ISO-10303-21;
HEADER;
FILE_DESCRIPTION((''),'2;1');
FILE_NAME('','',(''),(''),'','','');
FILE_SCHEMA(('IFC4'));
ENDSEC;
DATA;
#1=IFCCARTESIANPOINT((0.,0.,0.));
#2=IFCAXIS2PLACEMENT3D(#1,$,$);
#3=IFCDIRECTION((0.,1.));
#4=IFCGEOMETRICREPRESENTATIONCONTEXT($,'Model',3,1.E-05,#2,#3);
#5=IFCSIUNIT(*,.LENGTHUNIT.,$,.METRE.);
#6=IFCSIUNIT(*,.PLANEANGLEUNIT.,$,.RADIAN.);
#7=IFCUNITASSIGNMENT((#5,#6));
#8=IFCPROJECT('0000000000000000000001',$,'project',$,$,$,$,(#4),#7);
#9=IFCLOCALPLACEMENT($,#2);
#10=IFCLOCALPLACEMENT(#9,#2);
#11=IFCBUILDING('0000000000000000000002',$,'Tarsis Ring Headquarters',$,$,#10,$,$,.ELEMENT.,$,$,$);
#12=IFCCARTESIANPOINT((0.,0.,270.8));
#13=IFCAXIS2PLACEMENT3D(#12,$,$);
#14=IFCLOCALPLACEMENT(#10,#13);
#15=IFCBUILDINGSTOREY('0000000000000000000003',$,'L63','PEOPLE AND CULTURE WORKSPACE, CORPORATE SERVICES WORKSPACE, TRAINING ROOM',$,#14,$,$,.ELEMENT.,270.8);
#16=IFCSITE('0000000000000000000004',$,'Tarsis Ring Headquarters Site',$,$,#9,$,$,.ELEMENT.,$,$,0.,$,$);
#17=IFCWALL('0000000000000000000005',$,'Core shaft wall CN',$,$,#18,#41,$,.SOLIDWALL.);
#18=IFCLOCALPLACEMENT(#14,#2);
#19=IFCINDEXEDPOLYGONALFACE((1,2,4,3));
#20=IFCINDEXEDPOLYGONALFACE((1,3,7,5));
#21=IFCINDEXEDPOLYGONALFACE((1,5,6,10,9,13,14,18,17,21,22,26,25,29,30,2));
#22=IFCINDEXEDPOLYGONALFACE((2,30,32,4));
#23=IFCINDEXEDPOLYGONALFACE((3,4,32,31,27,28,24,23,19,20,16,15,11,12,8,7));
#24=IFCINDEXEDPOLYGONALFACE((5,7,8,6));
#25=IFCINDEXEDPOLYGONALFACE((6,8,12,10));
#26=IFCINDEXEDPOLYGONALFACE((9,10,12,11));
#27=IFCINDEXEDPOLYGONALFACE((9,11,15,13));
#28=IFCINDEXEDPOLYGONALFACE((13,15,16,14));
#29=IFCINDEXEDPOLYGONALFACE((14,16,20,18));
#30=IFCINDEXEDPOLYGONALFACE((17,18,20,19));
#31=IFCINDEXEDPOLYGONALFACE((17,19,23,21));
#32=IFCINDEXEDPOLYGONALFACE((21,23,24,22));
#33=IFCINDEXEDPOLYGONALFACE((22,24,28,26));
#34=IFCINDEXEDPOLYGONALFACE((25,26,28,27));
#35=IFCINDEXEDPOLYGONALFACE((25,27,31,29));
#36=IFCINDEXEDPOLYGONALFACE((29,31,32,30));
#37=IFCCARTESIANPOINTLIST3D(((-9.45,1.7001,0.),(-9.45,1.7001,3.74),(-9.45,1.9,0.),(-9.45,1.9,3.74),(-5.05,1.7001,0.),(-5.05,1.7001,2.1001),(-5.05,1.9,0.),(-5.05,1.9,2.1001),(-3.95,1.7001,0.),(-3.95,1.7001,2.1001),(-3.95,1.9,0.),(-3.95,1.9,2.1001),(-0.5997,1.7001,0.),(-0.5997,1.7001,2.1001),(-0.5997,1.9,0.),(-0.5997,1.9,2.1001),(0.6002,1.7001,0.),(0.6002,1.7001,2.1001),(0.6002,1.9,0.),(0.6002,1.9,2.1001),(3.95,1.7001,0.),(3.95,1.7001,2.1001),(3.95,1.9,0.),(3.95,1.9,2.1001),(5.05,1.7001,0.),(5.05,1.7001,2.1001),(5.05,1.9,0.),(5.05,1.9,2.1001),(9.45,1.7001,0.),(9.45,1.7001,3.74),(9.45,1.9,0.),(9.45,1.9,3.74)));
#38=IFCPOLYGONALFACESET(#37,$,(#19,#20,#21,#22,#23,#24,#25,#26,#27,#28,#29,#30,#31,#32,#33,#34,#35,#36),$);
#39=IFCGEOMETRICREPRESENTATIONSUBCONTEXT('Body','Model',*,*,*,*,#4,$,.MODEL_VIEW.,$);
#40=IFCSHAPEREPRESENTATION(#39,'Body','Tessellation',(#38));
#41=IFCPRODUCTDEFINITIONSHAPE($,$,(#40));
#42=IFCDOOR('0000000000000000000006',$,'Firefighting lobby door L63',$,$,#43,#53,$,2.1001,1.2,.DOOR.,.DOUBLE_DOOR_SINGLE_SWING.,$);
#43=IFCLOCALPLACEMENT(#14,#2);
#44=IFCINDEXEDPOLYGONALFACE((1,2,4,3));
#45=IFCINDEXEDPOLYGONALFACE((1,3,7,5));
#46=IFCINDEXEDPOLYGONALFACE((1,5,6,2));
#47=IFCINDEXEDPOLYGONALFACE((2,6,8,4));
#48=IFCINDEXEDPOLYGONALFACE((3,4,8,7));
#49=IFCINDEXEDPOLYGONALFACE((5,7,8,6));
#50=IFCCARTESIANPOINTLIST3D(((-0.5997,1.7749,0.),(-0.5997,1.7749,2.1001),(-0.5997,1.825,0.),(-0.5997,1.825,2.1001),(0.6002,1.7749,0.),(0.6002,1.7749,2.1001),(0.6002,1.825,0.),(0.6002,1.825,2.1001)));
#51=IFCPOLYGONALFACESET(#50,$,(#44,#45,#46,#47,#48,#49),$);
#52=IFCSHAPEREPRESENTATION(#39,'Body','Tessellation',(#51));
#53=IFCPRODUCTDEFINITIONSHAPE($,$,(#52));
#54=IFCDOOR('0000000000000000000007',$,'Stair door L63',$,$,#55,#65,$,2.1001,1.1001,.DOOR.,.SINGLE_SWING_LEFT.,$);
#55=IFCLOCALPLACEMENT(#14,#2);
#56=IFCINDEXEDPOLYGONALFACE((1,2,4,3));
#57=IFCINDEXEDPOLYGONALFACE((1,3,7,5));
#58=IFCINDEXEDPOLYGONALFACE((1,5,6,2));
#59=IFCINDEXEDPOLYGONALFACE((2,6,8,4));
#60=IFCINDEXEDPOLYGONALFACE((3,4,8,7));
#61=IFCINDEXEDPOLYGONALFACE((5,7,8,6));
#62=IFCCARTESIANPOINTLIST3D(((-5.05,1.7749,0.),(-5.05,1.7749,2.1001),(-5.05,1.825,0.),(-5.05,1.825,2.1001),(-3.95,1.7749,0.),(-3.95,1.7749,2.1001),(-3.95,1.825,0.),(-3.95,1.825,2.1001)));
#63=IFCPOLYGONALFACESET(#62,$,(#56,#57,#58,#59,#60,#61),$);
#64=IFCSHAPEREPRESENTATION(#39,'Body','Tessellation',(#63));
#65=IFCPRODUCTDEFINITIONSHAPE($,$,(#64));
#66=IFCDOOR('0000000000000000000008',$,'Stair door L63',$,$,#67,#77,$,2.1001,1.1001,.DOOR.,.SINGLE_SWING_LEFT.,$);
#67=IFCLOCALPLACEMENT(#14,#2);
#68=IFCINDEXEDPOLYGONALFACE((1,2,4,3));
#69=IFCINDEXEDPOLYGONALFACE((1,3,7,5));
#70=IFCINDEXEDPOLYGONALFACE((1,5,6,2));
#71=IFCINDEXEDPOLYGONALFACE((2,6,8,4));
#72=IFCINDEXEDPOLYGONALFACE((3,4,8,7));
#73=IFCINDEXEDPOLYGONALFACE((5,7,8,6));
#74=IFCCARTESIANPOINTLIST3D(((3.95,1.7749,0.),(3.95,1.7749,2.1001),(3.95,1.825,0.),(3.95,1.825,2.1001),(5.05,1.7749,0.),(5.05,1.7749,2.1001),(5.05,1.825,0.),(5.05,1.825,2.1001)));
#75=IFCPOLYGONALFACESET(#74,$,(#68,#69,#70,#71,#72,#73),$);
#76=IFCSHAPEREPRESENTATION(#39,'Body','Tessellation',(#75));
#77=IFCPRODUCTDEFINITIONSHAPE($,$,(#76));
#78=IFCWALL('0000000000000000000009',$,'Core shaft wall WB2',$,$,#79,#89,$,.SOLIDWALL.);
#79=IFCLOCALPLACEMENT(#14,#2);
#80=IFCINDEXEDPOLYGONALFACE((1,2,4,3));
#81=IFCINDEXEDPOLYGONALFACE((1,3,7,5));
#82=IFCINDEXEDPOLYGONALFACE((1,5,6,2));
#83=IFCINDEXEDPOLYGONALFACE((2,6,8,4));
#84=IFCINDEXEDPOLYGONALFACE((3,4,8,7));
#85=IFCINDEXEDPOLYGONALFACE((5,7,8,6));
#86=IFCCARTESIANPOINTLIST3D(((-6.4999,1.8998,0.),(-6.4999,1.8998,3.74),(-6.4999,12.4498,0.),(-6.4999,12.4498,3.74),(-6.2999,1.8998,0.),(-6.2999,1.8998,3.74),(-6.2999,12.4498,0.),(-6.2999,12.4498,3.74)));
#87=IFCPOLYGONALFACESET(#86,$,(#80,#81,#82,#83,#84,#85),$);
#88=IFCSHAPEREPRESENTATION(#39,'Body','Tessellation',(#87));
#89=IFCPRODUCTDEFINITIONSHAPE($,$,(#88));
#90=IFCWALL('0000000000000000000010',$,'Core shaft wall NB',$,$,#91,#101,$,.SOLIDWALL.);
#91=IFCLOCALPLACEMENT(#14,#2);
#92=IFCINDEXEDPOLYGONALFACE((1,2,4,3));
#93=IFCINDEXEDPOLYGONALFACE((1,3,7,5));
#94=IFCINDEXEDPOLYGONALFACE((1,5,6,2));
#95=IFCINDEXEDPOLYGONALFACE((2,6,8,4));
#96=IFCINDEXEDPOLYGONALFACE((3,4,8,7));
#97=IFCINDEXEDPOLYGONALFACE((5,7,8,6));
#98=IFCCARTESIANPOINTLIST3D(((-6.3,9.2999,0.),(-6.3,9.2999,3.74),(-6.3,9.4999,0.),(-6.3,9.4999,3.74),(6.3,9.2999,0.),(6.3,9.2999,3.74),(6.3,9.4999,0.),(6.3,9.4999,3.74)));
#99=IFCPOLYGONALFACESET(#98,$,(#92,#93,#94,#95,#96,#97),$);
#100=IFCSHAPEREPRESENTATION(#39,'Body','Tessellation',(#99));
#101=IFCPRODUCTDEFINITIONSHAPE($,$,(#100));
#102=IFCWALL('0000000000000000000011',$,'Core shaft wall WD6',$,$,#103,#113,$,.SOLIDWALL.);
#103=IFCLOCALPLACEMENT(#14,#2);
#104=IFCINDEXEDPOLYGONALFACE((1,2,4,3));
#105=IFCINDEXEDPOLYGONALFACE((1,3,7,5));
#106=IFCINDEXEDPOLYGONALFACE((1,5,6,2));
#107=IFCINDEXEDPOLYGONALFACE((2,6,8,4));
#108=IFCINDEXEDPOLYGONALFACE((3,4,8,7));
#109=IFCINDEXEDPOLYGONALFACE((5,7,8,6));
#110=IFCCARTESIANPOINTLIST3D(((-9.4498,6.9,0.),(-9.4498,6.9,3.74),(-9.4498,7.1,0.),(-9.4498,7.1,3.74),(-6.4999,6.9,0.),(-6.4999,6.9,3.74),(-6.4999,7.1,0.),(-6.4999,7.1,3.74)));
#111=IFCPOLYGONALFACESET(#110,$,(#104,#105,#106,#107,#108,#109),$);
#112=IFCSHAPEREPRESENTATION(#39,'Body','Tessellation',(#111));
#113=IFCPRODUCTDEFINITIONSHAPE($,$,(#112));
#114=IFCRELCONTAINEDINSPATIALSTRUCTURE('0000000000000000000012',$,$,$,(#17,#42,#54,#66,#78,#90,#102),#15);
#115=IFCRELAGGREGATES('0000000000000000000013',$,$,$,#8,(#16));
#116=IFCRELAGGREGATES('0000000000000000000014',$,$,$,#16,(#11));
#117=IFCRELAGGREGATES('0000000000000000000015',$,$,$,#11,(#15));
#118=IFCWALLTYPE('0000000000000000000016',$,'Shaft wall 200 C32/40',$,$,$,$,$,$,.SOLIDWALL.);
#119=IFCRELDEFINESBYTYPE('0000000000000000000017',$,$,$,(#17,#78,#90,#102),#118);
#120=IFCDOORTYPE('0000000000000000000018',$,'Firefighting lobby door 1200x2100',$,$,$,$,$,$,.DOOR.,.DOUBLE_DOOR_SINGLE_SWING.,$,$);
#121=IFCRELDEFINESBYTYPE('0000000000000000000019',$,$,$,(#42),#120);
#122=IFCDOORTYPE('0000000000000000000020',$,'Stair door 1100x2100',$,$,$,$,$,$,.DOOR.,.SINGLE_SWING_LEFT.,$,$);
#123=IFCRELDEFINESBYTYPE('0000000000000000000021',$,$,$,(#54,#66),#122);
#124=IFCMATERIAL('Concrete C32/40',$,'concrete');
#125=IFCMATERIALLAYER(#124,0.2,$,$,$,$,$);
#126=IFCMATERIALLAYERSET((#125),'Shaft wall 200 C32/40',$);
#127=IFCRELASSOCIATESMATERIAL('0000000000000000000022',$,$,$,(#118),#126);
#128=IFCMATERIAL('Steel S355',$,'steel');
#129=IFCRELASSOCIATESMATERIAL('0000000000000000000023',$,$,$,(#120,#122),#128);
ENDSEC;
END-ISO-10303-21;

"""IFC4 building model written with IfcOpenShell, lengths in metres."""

from ifc_helpers import new_model, si_unit, direction, frame, frame_2d, origin, place, context, subcontext, project, spatial, rectangle, extrude, material, layer, layer_set, type_object, element, fill, save


model = new_model("IFC4")

# Units and contexts
model_context = context("Model", 3, precision=1e-05, world=origin(), true_north=direction((0.0, 1.0)))
body_context = subcontext(model_context, "Body", "Model", "MODEL_VIEW")
ifc_project = project(units=[si_unit("LENGTHUNIT", "METRE"), si_unit("PLANEANGLEUNIT", "RADIAN")], contexts=[model_context])

# Site, building, storey
site_placement = place(None, origin())
site = spatial("IfcSite", under=ifc_project, at=site_placement, Name="Tarsis Ring Headquarters Site", CompositionType="ELEMENT", RefElevation=0.0)
building_placement = place(site_placement, origin())
building = spatial("IfcBuilding", under=site, at=building_placement, Name="Tarsis Ring Headquarters", CompositionType="ELEMENT")
storey_placement = place(building_placement, frame((0.0, 0.0, 270.8)))
storey = spatial("IfcBuildingStorey", under=building, at=storey_placement, Name="L63", Description="PEOPLE AND CULTURE WORKSPACE, CORPORATE SERVICES WORKSPACE, TRAINING ROOM", CompositionType="ELEMENT", Elevation=270.8)

# Shared definitions
ifc_material_1 = material(Name="Steel S355", Category="steel")

# Shared definitions
ifc_material_2 = material(Name="Concrete C32/40", Category="concrete")

# Wall, openings, doors
ifc_layer_1 = layer(ifc_material_2, 0.2)
ifc_layer_set_1 = layer_set([ifc_layer_1], Name="Shaft wall 200 C32/40")
wall_type_1 = type_object("IfcWallType", Name="Shaft wall 200 C32/40", PredefinedType="SOLIDWALL", material=ifc_layer_set_1)
wall_1_placement = place(storey_placement, frame((-9.45, 1.8, 0.0), z_axis=(0.0, 0.0, 1.0), x_axis=(1.0, 0.0, 0.0)))
wall_1 = element("IfcWall", 1, at=wall_1_placement, inside=storey, type_object=wall_type_1, Name="Core shaft wall CN", PredefinedType="SOLIDWALL", context=body_context, shape_type="SweptSolid", body=[
    extrude(rectangle(XDim=18.8999, YDim=0.2, at=frame_2d((9.45, 0.0))), origin(), (0.0, 0.0, 1.0), 3.74),
])
opening_1_placement = place(wall_1_placement, frame((4.3999, 0.0, 0.0)))
opening_1 = element("IfcOpeningElement", 2, at=opening_1_placement, cuts=wall_1, PredefinedType="OPENING", context=body_context, shape_type="SweptSolid", body=[
    extrude(rectangle(XDim=1.1001, YDim=2.1001, at=frame_2d((0.55, 1.05))), frame((0.0, 0.1099, 0.0), z_axis=(0.0, -1.0, 0.0), x_axis=(1.0, 0.0, 0.0)), (0.0, 0.0, 1.0), 0.22),
])
opening_2_placement = place(wall_1_placement, frame((8.8501, 0.0, 0.0)))
opening_2 = element("IfcOpeningElement", 3, at=opening_2_placement, cuts=wall_1, PredefinedType="OPENING", context=body_context, shape_type="SweptSolid", body=[
    extrude(rectangle(XDim=1.2, YDim=2.1001, at=frame_2d((0.6001, 1.05))), frame((0.0, 0.1099, 0.0), z_axis=(0.0, -1.0, 0.0), x_axis=(1.0, 0.0, 0.0)), (0.0, 0.0, 1.0), 0.22),
])
opening_3_placement = place(wall_1_placement, frame((13.3999, 0.0, 0.0)))
opening_3 = element("IfcOpeningElement", 4, at=opening_3_placement, cuts=wall_1, PredefinedType="OPENING", context=body_context, shape_type="SweptSolid", body=[
    extrude(rectangle(XDim=1.1001, YDim=2.1001, at=frame_2d((0.55, 1.05))), frame((0.0, 0.1099, 0.0), z_axis=(0.0, -1.0, 0.0), x_axis=(1.0, 0.0, 0.0)), (0.0, 0.0, 1.0), 0.22),
])
door_type_1 = type_object("IfcDoorType", Name="Firefighting lobby door 1200x2100", OperationType="DOUBLE_DOOR_SINGLE_SWING", PredefinedType="DOOR", material=ifc_material_1)
door_1_placement = place(opening_2_placement, origin())
door_1 = element("IfcDoor", 5, at=door_1_placement, inside=storey, type_object=door_type_1, Name="Firefighting lobby door L63", OperationType="DOUBLE_DOOR_SINGLE_SWING", OverallHeight=2.1001, OverallWidth=1.2, PredefinedType="DOOR", context=body_context, shape_type="SweptSolid", body=[
    extrude(rectangle(XDim=1.2, YDim=2.1001, at=frame_2d((0.6001, 1.05))), frame((0.0, 0.0249, 0.0), z_axis=(0.0, -1.0, 0.0), x_axis=(1.0, 0.0, 0.0)), (0.0, 0.0, 1.0), 0.05),
])
fill(opening_2, door_1)
door_type_2 = type_object("IfcDoorType", Name="Stair door 1100x2100", OperationType="SINGLE_SWING_LEFT", PredefinedType="DOOR", material=ifc_material_1)
door_2_placement = place(opening_1_placement, origin())
door_2 = element("IfcDoor", 6, at=door_2_placement, inside=storey, type_object=door_type_2, Name="Stair door L63", OperationType="SINGLE_SWING_LEFT", OverallHeight=2.1001, OverallWidth=1.1001, PredefinedType="DOOR", context=body_context, shape_type="SweptSolid", body=[
    extrude(rectangle(XDim=1.1001, YDim=2.1001, at=frame_2d((0.55, 1.05))), frame((0.0, 0.0249, 0.0), z_axis=(0.0, -1.0, 0.0), x_axis=(1.0, 0.0, 0.0)), (0.0, 0.0, 1.0), 0.05),
])
fill(opening_1, door_2)
door_3_placement = place(opening_3_placement, origin())
door_3 = element("IfcDoor", 7, at=door_3_placement, inside=storey, type_object=door_type_2, Name="Stair door L63", OperationType="SINGLE_SWING_LEFT", OverallHeight=2.1001, OverallWidth=1.1001, PredefinedType="DOOR", context=body_context, shape_type="SweptSolid", body=[
    extrude(rectangle(XDim=1.1001, YDim=2.1001, at=frame_2d((0.55, 1.05))), frame((0.0, 0.0249, 0.0), z_axis=(0.0, -1.0, 0.0), x_axis=(1.0, 0.0, 0.0)), (0.0, 0.0, 1.0), 0.05),
])
fill(opening_3, door_3)

# Walls
wall_2_placement = place(storey_placement, frame((-6.3999, 1.8999, 0.0), z_axis=(0.0, 0.0, 1.0), x_axis=(0.0, 1.0, 0.0)))
element("IfcWall", 8, at=wall_2_placement, inside=storey, type_object=wall_type_1, Name="Core shaft wall WB2", PredefinedType="SOLIDWALL", context=body_context, shape_type="SweptSolid", body=[
    extrude(rectangle(XDim=10.55, YDim=0.2, at=frame_2d((5.2749, 0.0))), origin(), (0.0, 0.0, 1.0), 3.74),
])
wall_3_placement = place(storey_placement, frame((-6.3, 9.3999, 0.0), z_axis=(0.0, 0.0, 1.0), x_axis=(1.0, 0.0, 0.0)))
element("IfcWall", 9, at=wall_3_placement, inside=storey, type_object=wall_type_1, Name="Core shaft wall NB", PredefinedType="SOLIDWALL", context=body_context, shape_type="SweptSolid", body=[
    extrude(rectangle(XDim=12.6001, YDim=0.2, at=frame_2d((6.3, 0.0))), origin(), (0.0, 0.0, 1.0), 3.74),
])
wall_4_placement = place(storey_placement, frame((-9.45, 7.0, 0.0), z_axis=(0.0, 0.0, 1.0), x_axis=(1.0, 0.0, 0.0)))
element("IfcWall", 10, at=wall_4_placement, inside=storey, type_object=wall_type_1, Name="Core shaft wall WD6", PredefinedType="SOLIDWALL", context=body_context, shape_type="SweptSolid", body=[
    extrude(rectangle(XDim=2.95, YDim=0.2, at=frame_2d((1.4751, 0.0))), origin(), (0.0, 0.0, 1.0), 3.74),
])

save(model, "model.ifc")
